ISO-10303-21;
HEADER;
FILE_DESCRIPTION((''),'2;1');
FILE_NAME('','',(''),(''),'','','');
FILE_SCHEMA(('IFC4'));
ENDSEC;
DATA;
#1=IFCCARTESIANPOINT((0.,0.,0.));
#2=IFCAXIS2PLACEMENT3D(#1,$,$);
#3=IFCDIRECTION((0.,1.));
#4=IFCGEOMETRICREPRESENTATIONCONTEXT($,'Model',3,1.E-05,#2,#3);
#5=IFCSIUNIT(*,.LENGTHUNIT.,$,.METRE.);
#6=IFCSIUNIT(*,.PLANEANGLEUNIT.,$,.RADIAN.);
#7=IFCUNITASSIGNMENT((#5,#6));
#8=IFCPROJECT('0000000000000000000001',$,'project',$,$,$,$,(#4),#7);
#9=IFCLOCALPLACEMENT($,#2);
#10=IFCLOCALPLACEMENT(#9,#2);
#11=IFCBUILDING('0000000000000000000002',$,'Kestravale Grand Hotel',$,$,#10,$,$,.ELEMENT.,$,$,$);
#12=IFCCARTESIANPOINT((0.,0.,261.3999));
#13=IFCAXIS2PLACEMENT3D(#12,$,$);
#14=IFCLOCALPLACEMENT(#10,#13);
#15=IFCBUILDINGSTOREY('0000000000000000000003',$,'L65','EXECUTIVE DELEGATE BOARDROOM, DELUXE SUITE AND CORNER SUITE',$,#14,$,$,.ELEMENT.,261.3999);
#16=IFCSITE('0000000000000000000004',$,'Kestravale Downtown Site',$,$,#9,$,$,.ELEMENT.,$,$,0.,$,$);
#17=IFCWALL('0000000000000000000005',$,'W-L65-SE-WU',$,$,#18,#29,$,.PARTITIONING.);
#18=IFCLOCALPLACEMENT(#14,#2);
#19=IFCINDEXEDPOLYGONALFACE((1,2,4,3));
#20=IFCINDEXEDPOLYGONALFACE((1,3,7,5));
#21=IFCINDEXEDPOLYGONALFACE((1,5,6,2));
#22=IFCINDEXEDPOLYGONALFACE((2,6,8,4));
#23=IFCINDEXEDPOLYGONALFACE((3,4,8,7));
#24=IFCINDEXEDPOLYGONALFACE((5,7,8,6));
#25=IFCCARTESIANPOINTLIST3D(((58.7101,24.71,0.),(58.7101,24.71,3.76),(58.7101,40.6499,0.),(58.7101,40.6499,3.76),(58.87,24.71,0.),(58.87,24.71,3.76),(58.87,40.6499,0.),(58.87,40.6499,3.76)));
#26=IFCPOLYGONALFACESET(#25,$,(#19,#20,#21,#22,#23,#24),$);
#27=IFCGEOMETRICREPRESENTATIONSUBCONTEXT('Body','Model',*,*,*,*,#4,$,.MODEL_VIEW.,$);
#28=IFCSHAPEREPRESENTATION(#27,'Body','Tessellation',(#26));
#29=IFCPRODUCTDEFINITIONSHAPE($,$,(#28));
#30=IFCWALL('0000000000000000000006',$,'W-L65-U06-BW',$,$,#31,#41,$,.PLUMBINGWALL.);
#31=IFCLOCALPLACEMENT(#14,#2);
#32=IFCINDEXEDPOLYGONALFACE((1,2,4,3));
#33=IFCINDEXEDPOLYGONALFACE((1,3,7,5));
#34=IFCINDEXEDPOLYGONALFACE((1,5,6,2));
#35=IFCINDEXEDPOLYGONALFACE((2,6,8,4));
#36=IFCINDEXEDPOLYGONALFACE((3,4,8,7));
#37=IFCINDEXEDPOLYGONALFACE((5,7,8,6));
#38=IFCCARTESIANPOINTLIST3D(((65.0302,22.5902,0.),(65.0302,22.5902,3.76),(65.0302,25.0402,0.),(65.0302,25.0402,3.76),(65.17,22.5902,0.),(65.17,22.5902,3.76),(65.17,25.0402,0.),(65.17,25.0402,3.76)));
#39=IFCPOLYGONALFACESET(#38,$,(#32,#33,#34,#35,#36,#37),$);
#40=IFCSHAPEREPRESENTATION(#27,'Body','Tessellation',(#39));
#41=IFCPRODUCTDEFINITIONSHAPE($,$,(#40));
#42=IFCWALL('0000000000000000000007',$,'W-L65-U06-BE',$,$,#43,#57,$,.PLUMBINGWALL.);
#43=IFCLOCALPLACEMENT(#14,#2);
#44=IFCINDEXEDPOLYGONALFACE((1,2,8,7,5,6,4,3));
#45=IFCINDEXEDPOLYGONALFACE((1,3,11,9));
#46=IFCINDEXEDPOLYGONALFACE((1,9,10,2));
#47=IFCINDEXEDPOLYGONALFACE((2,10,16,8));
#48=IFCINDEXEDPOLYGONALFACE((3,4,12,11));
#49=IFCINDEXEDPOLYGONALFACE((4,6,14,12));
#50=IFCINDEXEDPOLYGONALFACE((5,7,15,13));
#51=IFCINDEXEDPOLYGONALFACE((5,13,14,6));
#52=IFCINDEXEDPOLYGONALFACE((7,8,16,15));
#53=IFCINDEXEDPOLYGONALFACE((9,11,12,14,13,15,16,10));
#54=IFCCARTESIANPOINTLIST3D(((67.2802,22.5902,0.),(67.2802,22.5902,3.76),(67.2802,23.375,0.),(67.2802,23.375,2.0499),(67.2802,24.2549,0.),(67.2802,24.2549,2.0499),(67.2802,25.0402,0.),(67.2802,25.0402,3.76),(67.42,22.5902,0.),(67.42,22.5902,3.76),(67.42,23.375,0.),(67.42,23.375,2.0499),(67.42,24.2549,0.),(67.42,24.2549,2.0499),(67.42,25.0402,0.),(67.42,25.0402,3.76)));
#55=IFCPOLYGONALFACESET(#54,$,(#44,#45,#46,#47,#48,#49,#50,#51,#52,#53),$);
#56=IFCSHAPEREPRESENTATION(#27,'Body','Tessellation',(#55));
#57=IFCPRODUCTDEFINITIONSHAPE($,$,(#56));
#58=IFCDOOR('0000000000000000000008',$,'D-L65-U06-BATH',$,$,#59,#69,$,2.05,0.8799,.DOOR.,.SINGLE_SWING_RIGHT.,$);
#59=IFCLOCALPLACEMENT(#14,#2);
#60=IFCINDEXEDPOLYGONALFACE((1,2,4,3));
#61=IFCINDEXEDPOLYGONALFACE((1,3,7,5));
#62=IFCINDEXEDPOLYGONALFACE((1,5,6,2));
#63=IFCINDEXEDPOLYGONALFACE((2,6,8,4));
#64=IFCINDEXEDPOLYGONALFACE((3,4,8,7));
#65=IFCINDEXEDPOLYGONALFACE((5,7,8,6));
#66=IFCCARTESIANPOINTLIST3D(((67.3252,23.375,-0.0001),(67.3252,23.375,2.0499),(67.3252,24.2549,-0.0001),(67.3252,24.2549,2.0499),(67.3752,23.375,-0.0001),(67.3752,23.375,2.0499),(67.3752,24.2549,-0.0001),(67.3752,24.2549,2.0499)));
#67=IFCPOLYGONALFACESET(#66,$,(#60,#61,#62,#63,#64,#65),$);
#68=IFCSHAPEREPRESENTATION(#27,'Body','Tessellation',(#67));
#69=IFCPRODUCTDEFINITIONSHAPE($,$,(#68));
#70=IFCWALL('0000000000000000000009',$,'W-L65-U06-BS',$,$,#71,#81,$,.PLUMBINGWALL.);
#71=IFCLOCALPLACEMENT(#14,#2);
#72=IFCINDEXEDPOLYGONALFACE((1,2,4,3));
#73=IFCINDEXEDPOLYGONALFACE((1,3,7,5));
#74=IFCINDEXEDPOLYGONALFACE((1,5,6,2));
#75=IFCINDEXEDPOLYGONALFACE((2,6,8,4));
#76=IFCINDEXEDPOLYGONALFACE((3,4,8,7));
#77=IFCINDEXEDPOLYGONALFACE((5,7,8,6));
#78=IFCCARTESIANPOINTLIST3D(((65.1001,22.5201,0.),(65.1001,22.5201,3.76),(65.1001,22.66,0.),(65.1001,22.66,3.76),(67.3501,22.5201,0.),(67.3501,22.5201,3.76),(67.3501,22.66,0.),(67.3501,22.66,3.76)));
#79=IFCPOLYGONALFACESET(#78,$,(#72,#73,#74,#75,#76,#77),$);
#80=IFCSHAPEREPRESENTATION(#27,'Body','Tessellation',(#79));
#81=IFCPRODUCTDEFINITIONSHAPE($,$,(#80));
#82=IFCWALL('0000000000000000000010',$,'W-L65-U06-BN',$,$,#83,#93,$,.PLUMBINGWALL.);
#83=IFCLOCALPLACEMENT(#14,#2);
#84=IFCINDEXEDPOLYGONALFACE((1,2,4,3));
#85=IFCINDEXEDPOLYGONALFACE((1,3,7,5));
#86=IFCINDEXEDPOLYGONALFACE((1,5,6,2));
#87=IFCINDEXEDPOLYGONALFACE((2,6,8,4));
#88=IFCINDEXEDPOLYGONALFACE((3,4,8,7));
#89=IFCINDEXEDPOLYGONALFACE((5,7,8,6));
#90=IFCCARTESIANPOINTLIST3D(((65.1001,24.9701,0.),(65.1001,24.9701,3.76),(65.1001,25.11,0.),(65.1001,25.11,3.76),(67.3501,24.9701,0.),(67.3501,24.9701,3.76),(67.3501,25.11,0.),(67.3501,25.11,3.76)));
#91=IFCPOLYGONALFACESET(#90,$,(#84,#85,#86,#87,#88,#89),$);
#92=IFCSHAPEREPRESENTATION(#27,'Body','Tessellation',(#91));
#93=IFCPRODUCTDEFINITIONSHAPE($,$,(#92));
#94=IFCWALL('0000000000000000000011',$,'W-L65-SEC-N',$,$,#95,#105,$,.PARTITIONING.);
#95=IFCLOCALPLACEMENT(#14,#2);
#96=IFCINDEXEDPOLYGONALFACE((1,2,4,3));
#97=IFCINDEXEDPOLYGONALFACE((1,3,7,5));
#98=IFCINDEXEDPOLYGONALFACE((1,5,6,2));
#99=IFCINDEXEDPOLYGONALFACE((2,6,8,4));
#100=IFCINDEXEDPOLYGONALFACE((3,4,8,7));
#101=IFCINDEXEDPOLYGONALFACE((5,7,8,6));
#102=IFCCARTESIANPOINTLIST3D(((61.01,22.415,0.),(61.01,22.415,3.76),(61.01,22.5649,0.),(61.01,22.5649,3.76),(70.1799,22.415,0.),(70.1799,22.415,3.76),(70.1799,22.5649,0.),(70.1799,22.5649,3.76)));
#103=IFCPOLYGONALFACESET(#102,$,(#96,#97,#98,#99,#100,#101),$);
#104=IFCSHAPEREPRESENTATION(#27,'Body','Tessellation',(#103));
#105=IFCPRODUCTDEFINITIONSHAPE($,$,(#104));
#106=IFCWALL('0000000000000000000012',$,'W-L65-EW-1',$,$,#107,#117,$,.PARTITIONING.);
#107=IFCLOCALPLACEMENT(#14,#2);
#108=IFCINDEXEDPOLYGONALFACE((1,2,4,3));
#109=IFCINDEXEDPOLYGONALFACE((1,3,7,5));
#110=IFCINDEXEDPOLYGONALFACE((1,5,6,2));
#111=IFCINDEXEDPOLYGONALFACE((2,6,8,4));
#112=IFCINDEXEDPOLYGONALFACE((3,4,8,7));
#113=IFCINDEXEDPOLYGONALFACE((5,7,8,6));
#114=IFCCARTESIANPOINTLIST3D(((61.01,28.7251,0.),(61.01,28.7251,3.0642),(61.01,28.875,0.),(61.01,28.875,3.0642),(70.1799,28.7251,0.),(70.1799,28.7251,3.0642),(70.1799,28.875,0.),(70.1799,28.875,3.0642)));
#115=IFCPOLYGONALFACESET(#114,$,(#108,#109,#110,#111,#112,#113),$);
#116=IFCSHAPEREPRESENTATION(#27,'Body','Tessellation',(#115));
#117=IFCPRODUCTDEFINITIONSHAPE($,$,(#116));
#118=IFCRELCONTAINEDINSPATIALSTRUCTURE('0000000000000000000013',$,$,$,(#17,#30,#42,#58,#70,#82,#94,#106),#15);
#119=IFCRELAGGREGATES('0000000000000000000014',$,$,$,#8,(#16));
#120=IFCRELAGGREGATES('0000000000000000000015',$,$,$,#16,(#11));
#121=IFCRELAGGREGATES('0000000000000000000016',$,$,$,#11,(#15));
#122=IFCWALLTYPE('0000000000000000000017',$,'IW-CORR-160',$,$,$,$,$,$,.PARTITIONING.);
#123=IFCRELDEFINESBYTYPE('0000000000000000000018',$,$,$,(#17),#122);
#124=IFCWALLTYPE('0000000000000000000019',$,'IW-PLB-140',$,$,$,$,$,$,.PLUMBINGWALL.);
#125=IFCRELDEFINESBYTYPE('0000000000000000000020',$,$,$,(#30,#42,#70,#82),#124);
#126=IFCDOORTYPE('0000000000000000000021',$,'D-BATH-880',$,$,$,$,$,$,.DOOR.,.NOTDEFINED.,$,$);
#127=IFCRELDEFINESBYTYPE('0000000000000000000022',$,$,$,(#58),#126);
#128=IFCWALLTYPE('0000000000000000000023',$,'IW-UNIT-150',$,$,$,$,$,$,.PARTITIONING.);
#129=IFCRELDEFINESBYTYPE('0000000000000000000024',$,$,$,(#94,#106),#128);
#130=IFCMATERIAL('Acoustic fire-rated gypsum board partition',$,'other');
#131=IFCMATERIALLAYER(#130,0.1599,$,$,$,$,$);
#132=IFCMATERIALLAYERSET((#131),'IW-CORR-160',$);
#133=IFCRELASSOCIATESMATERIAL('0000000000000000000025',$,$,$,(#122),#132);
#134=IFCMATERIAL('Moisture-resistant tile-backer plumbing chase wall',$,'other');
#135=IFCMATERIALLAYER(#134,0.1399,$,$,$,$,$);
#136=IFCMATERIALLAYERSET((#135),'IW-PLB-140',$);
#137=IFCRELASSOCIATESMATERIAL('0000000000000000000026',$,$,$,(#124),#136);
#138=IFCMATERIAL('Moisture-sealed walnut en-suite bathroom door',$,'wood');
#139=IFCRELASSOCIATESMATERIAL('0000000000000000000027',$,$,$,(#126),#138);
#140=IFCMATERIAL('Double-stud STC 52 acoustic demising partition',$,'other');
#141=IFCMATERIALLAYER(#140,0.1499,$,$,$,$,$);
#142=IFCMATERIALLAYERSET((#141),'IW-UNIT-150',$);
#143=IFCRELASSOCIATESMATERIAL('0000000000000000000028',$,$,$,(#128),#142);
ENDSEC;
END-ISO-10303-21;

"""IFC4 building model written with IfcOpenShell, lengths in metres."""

from ifc_helpers import new_model, si_unit, direction, frame, frame_2d, origin, place, context, subcontext, project, spatial, rectangle, extrude, material, layer, layer_set, type_object, element, fill, save


model = new_model("IFC4")

# Units and contexts
model_context = context("Model", 3, precision=1e-05, world=origin(), true_north=direction((0.0, 1.0)))
body_context = subcontext(model_context, "Body", "Model", "MODEL_VIEW")
ifc_project = project(units=[si_unit("LENGTHUNIT", "METRE"), si_unit("PLANEANGLEUNIT", "RADIAN")], contexts=[model_context])

# Site, building, storey
site_placement = place(None, origin())
site = spatial("IfcSite", under=ifc_project, at=site_placement, Name="Kestravale Downtown Site", CompositionType="ELEMENT", RefElevation=0.0)
building_placement = place(site_placement, origin())
building = spatial("IfcBuilding", under=site, at=building_placement, Name="Kestravale Grand Hotel", CompositionType="ELEMENT")
storey_placement = place(building_placement, frame((0.0, 0.0, 261.3999)))
storey = spatial("IfcBuildingStorey", under=building, at=storey_placement, Name="L65", Description="EXECUTIVE DELEGATE BOARDROOM, DELUXE SUITE AND CORNER SUITE", CompositionType="ELEMENT", Elevation=261.3999)

# Shared definitions
ifc_material_1 = material(Name="Acoustic fire-rated gypsum board partition", Category="other")
ifc_layer_1 = layer(ifc_material_1, 0.1599)
ifc_layer_set_1 = layer_set([ifc_layer_1], Name="IW-CORR-160")
wall_type_1 = type_object("IfcWallType", Name="IW-CORR-160", PredefinedType="PARTITIONING", material=ifc_layer_set_1)

# Walls
wall_1_placement = place(storey_placement, frame((58.79, 24.71, 0.0), z_axis=(0.0, 0.0, 1.0), x_axis=(0.0, 1.0, 0.0)))
element("IfcWall", 1, at=wall_1_placement, inside=storey, type_object=wall_type_1, Name="W-L65-SE-WU", PredefinedType="PARTITIONING", context=body_context, shape_type="SweptSolid", body=[
    extrude(rectangle(XDim=15.9399, YDim=0.1599, at=frame_2d((7.97, 0.0))), origin(), (0.0, 0.0, 1.0), 3.76),
])
ifc_material_2 = material(Name="Moisture-resistant tile-backer plumbing chase wall", Category="other")
ifc_layer_2 = layer(ifc_material_2, 0.1399)
ifc_layer_set_2 = layer_set([ifc_layer_2], Name="IW-PLB-140")
wall_type_2 = type_object("IfcWallType", Name="IW-PLB-140", PredefinedType="PLUMBINGWALL", material=ifc_layer_set_2)
wall_2_placement = place(storey_placement, frame((65.1001, 22.5901, 0.0), z_axis=(0.0, 0.0, 1.0), x_axis=(0.0, 1.0, 0.0)))
element("IfcWall", 2, at=wall_2_placement, inside=storey, type_object=wall_type_2, Name="W-L65-U06-BW", PredefinedType="PLUMBINGWALL", context=body_context, shape_type="SweptSolid", body=[
    extrude(rectangle(XDim=2.45, YDim=0.1399, at=frame_2d((1.2251, 0.0))), origin(), (0.0, 0.0, 1.0), 3.76),
])

# Wall, opening, door
wall_3_placement = place(storey_placement, frame((67.3501, 22.5901, 0.0), z_axis=(0.0, 0.0, 1.0), x_axis=(0.0, 1.0, 0.0)))
wall_3 = element("IfcWall", 3, at=wall_3_placement, inside=storey, type_object=wall_type_2, Name="W-L65-U06-BE", PredefinedType="PLUMBINGWALL", context=body_context, shape_type="SweptSolid", body=[
    extrude(rectangle(XDim=2.45, YDim=0.1399, at=frame_2d((1.2251, 0.0))), origin(), (0.0, 0.0, 1.0), 3.76),
])
opening_1_placement = place(wall_3_placement, frame((0.7849, 0.0, 0.0)))
opening_1 = element("IfcOpeningElement", 4, at=opening_1_placement, cuts=wall_3, PredefinedType="OPENING", context=body_context, shape_type="SweptSolid", body=[
    extrude(rectangle(XDim=0.8799, YDim=2.05, at=frame_2d((0.4399, 1.0249))), frame((0.0, 0.0798, 0.0), z_axis=(0.0, -1.0, 0.0), x_axis=(1.0, 0.0, 0.0)), (0.0, 0.0, 1.0), 0.1599),
])
ifc_material_3 = material(Name="Moisture-sealed walnut en-suite bathroom door", Category="wood")
door_type_1 = type_object("IfcDoorType", Name="D-BATH-880", OperationType="NOTDEFINED", PredefinedType="DOOR", material=ifc_material_3)
door_1_placement = place(opening_1_placement, origin())
door_1 = element("IfcDoor", 5, at=door_1_placement, inside=storey, type_object=door_type_1, Name="D-L65-U06-BATH", OperationType="SINGLE_SWING_RIGHT", OverallHeight=2.05, OverallWidth=0.8799, PredefinedType="DOOR", context=body_context, shape_type="SweptSolid", body=[
    extrude(rectangle(XDim=0.8799, YDim=2.05, at=frame_2d((0.4399, 1.0249))), frame((0.0, 0.0249, 0.0), z_axis=(0.0, -1.0, 0.0), x_axis=(1.0, 0.0, 0.0)), (0.0, 0.0, 1.0), 0.05),
])
fill(opening_1, door_1)

# Walls
for number, where, z_axis, x_axis, name in (
    (6, (65.1001, 22.5901, 0.0), (0.0, 0.0, 1.0), (1.0, 0.0, 0.0), "W-L65-U06-BS"),
    (7, (65.1001, 25.04, 0.0), (0.0, 0.0, 1.0), (1.0, 0.0, 0.0), "W-L65-U06-BN"),
):
    element("IfcWall", number, at=place(storey_placement, frame(where, z_axis=z_axis, x_axis=x_axis)), inside=storey, type_object=wall_type_2, Name=name, PredefinedType="PLUMBINGWALL", context=body_context, shape_type="SweptSolid", body=[
        extrude(rectangle(XDim=2.25, YDim=0.1399, at=frame_2d((1.125, 0.0))), origin(), (0.0, 0.0, 1.0), 3.76),
    ])
ifc_material_4 = material(Name="Double-stud STC 52 acoustic demising partition", Category="other")
ifc_layer_3 = layer(ifc_material_4, 0.1499)
ifc_layer_set_3 = layer_set([ifc_layer_3], Name="IW-UNIT-150")
wall_type_3 = type_object("IfcWallType", Name="IW-UNIT-150", PredefinedType="PARTITIONING", material=ifc_layer_set_3)
wall_4_placement = place(storey_placement, frame((61.01, 22.49, 0.0), z_axis=(0.0, 0.0, 1.0), x_axis=(1.0, 0.0, 0.0)))
element("IfcWall", 8, at=wall_4_placement, inside=storey, type_object=wall_type_3, Name="W-L65-SEC-N", PredefinedType="PARTITIONING", context=body_context, shape_type="SweptSolid", body=[
    extrude(rectangle(XDim=9.1699, YDim=0.1499, at=frame_2d((4.585, 0.0))), origin(), (0.0, 0.0, 1.0), 3.76),
])
wall_5_placement = place(storey_placement, frame((61.01, 28.8, 0.0), z_axis=(0.0, 0.0, 1.0), x_axis=(1.0, 0.0, 0.0)))
element("IfcWall", 9, at=wall_5_placement, inside=storey, type_object=wall_type_3, Name="W-L65-EW-1", PredefinedType="PARTITIONING", context=body_context, shape_type="SweptSolid", body=[
    extrude(rectangle(XDim=9.1699, YDim=0.1499, at=frame_2d((4.585, 0.0))), origin(), (0.0, 0.0, 1.0), 3.0642),
])

save(model, "model.ifc")
